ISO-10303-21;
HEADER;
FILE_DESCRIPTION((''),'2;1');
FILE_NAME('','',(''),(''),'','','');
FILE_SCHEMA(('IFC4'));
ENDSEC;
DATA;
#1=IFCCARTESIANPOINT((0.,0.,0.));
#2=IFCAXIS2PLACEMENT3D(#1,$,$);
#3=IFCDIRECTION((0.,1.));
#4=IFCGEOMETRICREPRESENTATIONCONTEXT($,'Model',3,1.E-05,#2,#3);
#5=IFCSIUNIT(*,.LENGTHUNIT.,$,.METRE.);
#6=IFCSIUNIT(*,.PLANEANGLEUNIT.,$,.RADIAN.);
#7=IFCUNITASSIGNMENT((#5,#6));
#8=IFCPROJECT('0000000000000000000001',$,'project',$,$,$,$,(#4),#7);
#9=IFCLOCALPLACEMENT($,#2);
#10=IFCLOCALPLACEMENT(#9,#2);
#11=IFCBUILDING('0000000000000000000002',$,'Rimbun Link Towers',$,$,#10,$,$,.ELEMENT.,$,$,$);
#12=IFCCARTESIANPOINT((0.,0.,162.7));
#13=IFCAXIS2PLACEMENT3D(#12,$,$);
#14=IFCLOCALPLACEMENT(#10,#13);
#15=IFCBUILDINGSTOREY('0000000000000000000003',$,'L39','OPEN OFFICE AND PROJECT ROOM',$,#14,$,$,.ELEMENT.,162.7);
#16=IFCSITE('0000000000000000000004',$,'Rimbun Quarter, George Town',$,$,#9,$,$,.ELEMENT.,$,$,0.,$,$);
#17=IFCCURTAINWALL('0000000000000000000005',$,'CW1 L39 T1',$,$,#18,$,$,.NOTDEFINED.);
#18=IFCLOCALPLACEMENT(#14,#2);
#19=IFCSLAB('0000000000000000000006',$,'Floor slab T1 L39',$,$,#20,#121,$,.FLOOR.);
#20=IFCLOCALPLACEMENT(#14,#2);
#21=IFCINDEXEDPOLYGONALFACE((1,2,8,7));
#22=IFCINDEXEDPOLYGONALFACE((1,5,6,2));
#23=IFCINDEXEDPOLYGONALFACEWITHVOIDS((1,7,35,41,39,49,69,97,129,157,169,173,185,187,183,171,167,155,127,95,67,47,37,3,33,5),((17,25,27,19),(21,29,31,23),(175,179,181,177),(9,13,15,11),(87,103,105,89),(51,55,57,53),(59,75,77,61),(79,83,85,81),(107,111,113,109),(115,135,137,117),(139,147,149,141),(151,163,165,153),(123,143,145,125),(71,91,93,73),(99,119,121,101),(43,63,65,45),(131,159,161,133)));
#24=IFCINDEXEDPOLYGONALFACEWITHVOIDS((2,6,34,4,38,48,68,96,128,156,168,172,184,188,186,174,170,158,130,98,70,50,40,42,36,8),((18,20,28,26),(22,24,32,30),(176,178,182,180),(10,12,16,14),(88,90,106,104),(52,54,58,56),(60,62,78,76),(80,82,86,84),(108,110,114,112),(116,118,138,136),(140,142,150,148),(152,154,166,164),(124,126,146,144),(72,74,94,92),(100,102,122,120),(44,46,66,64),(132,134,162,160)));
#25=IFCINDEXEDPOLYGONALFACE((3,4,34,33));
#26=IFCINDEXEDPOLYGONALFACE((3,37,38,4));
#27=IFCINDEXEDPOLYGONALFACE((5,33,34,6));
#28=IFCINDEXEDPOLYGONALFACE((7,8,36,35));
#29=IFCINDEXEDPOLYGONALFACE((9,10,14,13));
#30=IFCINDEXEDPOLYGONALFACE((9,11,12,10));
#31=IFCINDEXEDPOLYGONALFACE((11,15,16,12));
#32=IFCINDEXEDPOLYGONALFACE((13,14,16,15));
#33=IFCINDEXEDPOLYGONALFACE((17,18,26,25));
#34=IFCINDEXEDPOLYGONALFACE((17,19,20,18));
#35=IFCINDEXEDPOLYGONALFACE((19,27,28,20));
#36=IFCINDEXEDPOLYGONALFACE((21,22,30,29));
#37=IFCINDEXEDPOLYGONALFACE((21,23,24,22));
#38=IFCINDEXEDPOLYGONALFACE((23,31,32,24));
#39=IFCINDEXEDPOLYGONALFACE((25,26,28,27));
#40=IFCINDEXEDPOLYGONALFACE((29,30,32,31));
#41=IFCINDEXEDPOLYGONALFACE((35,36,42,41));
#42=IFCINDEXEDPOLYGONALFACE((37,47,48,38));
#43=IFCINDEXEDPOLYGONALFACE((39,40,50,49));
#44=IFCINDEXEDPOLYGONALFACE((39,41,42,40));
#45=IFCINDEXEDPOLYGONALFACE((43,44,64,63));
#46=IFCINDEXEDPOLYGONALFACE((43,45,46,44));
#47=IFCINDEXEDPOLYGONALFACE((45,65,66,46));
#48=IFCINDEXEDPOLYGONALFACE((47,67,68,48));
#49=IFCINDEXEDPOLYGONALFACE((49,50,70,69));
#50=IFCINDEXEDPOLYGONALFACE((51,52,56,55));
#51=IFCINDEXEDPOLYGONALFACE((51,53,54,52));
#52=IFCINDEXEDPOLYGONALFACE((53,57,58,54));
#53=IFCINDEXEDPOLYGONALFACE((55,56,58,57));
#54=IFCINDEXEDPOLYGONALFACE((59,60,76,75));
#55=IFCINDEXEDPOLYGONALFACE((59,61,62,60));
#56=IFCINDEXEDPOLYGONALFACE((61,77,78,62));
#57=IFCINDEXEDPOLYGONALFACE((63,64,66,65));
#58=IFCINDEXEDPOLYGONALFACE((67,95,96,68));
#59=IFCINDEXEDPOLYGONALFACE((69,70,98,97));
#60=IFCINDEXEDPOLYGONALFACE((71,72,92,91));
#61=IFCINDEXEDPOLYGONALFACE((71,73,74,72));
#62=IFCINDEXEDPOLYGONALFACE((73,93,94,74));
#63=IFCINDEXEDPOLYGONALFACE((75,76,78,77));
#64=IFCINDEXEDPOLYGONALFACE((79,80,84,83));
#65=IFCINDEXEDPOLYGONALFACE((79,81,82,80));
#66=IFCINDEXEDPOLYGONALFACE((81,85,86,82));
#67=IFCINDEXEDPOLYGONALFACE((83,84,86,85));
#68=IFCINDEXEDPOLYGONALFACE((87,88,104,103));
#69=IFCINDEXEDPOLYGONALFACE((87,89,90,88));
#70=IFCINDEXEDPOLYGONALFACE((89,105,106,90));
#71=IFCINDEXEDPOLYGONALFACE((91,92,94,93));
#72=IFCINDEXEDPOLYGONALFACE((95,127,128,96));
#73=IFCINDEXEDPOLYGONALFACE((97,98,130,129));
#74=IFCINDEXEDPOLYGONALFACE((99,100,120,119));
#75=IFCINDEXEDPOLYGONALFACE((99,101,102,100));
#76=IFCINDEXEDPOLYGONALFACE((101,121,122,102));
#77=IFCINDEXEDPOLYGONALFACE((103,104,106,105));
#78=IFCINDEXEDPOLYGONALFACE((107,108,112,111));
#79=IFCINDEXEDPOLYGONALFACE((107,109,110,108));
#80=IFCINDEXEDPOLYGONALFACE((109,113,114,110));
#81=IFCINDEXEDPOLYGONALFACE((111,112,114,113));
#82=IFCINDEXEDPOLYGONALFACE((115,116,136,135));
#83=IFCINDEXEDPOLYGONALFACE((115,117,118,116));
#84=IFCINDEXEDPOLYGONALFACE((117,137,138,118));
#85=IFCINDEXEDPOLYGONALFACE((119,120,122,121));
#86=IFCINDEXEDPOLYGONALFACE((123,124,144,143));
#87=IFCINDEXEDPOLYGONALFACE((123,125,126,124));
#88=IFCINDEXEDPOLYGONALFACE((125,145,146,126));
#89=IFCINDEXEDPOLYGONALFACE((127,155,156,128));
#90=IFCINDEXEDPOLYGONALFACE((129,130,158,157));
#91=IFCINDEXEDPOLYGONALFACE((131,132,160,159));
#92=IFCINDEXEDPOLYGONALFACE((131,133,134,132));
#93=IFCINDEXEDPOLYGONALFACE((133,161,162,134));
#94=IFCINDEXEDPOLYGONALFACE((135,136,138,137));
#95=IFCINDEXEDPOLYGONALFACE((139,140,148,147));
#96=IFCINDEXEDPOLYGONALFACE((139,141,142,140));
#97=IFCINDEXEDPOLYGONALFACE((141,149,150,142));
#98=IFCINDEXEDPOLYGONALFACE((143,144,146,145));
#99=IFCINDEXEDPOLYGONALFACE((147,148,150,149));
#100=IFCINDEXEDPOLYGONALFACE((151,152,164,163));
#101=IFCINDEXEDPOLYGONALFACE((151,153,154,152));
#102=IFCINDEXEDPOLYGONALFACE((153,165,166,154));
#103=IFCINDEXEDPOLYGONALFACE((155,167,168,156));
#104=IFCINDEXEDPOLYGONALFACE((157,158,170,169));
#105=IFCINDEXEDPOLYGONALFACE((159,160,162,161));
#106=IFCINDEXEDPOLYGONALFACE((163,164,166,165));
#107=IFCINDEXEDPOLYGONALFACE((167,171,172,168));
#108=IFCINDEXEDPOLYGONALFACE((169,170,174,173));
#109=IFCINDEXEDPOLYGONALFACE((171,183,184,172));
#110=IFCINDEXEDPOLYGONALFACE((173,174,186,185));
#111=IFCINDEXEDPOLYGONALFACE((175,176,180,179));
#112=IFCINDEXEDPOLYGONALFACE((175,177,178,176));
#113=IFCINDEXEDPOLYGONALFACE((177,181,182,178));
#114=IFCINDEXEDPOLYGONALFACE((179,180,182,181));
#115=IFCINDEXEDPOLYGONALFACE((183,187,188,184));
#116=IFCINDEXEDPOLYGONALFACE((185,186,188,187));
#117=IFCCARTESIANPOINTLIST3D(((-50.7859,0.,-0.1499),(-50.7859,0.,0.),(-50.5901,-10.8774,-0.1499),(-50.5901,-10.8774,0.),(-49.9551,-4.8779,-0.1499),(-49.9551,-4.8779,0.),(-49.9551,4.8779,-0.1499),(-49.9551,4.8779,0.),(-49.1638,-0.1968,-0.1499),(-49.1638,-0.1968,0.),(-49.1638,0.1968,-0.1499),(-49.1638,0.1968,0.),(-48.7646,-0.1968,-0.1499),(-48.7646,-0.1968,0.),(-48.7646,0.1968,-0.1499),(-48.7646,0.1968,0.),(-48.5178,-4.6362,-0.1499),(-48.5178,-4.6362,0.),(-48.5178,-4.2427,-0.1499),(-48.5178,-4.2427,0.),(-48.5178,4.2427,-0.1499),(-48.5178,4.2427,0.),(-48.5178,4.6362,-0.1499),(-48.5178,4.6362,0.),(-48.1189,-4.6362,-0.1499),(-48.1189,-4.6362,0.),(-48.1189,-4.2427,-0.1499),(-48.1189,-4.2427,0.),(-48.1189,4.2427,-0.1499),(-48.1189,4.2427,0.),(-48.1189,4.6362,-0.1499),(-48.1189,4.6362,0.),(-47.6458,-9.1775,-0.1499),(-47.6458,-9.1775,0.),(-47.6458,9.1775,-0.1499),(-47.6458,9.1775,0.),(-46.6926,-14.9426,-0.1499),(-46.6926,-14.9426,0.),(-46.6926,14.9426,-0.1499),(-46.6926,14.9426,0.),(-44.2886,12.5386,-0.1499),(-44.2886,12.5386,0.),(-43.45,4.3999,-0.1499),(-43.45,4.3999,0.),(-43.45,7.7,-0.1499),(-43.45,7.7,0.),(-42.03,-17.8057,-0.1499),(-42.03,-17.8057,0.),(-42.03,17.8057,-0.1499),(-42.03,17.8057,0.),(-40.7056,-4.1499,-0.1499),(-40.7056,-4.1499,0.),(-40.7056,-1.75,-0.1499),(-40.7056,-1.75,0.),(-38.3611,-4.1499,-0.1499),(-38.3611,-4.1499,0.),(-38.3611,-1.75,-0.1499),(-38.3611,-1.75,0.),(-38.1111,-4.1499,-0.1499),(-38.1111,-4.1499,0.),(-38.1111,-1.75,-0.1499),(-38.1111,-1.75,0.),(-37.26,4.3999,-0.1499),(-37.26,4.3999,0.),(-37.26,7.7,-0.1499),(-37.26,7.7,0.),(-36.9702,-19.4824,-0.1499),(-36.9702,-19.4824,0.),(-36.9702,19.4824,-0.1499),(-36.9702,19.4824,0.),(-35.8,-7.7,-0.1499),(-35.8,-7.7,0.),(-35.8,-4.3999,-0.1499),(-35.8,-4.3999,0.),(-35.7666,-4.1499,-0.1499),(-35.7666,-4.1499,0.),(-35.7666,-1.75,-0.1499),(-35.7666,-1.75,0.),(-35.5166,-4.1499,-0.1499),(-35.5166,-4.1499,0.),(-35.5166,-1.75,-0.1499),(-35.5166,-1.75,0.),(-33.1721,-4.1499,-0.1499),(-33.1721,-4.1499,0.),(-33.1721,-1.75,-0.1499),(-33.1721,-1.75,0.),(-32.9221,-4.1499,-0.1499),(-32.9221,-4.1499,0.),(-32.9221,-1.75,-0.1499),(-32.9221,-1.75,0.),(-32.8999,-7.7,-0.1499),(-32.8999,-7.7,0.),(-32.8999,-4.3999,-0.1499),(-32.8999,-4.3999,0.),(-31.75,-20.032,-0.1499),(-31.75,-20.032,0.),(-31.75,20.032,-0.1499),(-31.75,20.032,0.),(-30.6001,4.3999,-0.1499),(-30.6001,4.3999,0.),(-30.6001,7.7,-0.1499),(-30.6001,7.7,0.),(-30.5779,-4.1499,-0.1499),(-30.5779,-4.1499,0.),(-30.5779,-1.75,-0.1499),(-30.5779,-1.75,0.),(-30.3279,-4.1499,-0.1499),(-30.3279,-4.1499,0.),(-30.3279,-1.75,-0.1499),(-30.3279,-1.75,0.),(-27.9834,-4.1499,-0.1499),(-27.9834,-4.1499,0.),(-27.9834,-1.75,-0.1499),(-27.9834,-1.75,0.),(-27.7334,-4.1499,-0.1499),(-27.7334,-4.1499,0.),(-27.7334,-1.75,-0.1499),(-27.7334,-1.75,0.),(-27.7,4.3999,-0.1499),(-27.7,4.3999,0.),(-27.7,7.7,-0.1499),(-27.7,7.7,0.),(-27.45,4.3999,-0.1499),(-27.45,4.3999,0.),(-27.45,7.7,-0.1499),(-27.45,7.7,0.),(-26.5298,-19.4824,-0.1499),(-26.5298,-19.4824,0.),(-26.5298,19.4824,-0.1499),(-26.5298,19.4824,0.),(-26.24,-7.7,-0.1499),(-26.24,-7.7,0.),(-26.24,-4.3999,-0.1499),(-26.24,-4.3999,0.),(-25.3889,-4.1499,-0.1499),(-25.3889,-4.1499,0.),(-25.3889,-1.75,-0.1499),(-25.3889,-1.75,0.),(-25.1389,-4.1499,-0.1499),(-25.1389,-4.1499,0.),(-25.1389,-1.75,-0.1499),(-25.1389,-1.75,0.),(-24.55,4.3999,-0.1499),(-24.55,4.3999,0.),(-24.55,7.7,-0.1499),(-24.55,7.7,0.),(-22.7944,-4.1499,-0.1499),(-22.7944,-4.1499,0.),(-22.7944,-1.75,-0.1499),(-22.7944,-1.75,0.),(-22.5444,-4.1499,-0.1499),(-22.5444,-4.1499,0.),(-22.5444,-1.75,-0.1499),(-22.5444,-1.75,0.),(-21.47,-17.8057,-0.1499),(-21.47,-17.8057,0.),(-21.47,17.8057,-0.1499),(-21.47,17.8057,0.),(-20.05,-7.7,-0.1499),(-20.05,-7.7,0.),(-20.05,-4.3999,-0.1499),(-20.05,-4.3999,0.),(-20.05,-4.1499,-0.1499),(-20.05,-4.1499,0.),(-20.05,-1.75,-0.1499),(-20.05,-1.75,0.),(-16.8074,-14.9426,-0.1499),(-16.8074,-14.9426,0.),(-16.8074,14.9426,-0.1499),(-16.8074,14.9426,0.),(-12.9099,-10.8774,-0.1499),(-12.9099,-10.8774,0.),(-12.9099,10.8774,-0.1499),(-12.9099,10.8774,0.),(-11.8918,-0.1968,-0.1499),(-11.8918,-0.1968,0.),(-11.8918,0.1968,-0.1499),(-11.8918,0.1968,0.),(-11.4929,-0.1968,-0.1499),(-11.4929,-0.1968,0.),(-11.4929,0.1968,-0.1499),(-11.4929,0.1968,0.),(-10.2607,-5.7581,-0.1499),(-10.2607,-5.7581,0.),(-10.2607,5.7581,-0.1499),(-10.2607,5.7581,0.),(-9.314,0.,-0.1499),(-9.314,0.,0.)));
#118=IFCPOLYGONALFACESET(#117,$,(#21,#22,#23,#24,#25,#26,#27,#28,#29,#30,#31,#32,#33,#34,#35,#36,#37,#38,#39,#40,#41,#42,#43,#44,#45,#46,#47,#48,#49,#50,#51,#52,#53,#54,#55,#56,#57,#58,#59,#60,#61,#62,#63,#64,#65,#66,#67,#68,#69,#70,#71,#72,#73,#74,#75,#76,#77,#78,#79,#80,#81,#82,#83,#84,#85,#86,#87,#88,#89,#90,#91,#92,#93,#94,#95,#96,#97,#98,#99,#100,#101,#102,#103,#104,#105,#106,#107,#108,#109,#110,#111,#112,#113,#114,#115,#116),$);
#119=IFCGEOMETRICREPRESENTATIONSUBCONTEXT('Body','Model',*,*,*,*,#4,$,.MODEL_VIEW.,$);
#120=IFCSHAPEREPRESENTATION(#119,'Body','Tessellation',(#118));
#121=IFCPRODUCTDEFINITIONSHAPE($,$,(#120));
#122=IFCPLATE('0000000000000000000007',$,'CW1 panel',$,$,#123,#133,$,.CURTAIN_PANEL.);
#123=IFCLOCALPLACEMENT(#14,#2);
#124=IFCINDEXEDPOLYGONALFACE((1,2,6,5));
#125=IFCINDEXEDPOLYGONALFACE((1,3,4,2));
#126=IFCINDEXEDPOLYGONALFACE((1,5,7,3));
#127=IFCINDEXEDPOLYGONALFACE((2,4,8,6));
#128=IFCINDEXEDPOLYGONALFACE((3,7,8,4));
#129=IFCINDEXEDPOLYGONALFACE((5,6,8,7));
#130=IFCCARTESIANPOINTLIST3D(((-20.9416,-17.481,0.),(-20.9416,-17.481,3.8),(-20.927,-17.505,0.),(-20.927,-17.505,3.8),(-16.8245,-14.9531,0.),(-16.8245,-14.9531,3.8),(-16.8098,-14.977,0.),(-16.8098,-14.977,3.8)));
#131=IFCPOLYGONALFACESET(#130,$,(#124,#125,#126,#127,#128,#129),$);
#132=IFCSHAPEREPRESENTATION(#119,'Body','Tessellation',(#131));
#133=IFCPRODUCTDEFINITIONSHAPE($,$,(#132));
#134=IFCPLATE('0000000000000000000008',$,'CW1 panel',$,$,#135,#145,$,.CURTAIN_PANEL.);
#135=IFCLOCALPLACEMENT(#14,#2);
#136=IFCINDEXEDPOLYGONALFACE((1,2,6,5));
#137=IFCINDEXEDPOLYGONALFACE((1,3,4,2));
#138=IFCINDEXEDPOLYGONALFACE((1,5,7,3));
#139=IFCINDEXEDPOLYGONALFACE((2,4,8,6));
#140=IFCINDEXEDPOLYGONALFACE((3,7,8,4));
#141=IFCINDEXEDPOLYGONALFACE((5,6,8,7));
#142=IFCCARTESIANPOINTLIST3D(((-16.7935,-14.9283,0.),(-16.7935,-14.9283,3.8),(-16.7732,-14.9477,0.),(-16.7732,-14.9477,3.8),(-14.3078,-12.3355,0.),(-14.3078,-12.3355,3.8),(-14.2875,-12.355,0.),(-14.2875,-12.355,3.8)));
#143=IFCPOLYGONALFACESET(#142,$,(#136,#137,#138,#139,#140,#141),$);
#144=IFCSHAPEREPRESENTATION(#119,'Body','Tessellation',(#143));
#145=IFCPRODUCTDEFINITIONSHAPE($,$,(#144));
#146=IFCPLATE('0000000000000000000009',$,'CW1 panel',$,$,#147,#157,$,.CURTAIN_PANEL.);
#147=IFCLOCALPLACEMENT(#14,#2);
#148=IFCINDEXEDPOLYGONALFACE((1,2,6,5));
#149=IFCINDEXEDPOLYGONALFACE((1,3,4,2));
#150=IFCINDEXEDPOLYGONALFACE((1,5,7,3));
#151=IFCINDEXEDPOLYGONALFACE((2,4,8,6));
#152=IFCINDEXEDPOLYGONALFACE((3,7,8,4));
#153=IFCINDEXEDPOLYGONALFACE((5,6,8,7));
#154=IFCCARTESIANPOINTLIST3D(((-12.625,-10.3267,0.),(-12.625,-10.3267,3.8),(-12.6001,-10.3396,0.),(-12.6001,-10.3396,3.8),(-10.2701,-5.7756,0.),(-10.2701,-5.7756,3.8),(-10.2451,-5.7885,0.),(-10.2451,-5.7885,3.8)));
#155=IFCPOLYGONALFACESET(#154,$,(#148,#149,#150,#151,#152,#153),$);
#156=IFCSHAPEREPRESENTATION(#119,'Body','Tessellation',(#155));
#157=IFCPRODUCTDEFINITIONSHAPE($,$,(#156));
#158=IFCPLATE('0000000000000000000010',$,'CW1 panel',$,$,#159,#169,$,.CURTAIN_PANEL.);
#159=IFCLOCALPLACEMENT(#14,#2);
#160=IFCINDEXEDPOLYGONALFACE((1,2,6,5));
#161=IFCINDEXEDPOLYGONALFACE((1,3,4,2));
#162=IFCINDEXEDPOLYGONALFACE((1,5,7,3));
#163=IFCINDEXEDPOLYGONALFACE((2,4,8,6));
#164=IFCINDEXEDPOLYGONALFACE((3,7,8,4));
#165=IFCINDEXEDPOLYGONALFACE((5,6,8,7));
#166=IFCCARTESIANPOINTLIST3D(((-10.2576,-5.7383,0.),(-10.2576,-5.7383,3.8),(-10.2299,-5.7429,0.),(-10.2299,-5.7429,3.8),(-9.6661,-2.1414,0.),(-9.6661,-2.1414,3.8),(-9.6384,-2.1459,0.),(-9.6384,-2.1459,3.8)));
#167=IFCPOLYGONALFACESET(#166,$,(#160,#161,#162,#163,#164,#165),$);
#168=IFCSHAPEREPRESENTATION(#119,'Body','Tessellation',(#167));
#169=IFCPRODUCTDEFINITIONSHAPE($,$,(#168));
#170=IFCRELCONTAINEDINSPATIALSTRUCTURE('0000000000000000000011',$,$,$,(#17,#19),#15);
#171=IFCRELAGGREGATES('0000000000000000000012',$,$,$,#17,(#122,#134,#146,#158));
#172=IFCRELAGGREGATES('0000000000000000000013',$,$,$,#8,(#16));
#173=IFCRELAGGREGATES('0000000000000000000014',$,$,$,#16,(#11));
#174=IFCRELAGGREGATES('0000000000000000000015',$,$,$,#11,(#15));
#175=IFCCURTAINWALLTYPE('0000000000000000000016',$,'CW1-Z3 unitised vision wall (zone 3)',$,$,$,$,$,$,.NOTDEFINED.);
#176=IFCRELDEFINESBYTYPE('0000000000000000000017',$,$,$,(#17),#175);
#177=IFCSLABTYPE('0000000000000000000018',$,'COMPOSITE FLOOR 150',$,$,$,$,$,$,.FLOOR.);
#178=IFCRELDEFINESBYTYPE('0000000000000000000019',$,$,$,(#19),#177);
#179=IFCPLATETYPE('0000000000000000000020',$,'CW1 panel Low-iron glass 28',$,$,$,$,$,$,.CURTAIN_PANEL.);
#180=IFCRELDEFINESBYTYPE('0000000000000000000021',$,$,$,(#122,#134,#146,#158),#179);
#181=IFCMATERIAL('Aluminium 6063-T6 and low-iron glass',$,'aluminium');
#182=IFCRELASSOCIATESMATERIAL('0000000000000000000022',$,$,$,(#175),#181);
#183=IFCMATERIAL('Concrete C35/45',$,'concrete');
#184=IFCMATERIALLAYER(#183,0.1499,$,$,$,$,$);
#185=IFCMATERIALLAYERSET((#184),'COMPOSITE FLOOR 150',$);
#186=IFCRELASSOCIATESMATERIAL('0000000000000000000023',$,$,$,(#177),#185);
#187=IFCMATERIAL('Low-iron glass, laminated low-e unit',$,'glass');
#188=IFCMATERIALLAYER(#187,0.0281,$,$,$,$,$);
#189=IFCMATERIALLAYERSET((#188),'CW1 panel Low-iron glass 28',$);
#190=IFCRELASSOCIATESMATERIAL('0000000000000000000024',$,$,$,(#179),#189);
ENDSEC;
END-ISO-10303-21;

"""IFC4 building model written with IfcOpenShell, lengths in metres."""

from ifc_helpers import new_model, si_unit, direction, frame, origin, origin_2d, place, context, subcontext, project, spatial, polyline, rectangle, outline, extrude, material, layer, layer_set, type_object, element, aggregate, save


model = new_model("IFC4")

# Units and contexts
model_context = context("Model", 3, precision=1e-05, world=origin(), true_north=direction((0.0, 1.0)))
body_context = subcontext(model_context, "Body", "Model", "MODEL_VIEW")
ifc_project = project(units=[si_unit("LENGTHUNIT", "METRE"), si_unit("PLANEANGLEUNIT", "RADIAN")], contexts=[model_context])

# Site, building, storey
site_placement = place(None, origin())
site = spatial("IfcSite", under=ifc_project, at=site_placement, Name="Rimbun Quarter, George Town", CompositionType="ELEMENT", RefElevation=0.0)
building_placement = place(site_placement, origin())
building = spatial("IfcBuilding", under=site, at=building_placement, Name="Rimbun Link Towers", CompositionType="ELEMENT")
storey_placement = place(building_placement, frame((0.0, 0.0, 162.7)))
storey = spatial("IfcBuildingStorey", under=building, at=storey_placement, Name="L39", Description="OPEN OFFICE AND PROJECT ROOM", CompositionType="ELEMENT", Elevation=162.7)

# Curtain wall
ifc_material_1 = material(Name="Aluminium 6063-T6 and low-iron glass", Category="aluminium")
curtain_wall_type = type_object("IfcCurtainWallType", Name="CW1-Z3 unitised vision wall (zone 3)", PredefinedType="NOTDEFINED", material=ifc_material_1)
curtain_wall_placement = place(storey_placement, origin())
curtain_wall = element("IfcCurtainWall", 1, at=curtain_wall_placement, inside=storey, type_object=curtain_wall_type, Name="CW1 L39 T1", PredefinedType="NOTDEFINED")

# Slab
ifc_material_2 = material(Name="Concrete C35/45", Category="concrete")
ifc_layer_1 = layer(ifc_material_2, 0.1499)
ifc_layer_set_1 = layer_set([ifc_layer_1], Name="COMPOSITE FLOOR 150")
slab_type = type_object("IfcSlabType", Name="COMPOSITE FLOOR 150", PredefinedType="FLOOR", material=ifc_layer_set_1)
slab_placement = place(storey_placement, frame((0.0, 0.0, -0.1499)))
element("IfcSlab", 2, at=slab_placement, inside=storey, type_object=slab_type, Name="Floor slab T1 L39", PredefinedType="FLOOR", context=body_context, shape_type="SweptSolid", body=[
    extrude(outline(polyline([(-42.03, 17.8057), (-36.9702, 19.4824), (-31.75, 20.032), (-26.5298, 19.4824), (-21.47, 17.8057), (-16.8074, 14.9426), (-12.9099, 10.8774), (-10.2607, 5.7581), (-9.314, 0.0), (-10.2607, -5.7581), (-12.9099, -10.8774), (-16.8074, -14.9426), (-21.47, -17.8057), (-26.5298, -19.4824), (-31.75, -20.032), (-36.9702, -19.4824), (-42.03, -17.8057), (-46.6926, -14.9426), (-50.5901, -10.8774), (-47.6458, -9.1775), (-49.9551, -4.8779), (-50.7859, 0.0), (-49.9551, 4.8779), (-47.6458, 9.1775), (-44.2886, 12.5386), (-46.6926, 14.9426), (-42.03, 17.8057)]), holes=[polyline([(-32.8999, -7.7), (-32.8999, -4.3999), (-35.8, -4.3999), (-35.8, -7.7), (-32.8999, -7.7)]), polyline([(-48.1189, -4.6362), (-48.1189, -4.2427), (-48.5178, -4.2427), (-48.5178, -4.6362), (-48.1189, -4.6362)]), polyline([(-38.3611, -4.1499), (-38.3611, -1.75), (-40.7056, -1.75), (-40.7056, -4.1499), (-38.3611, -4.1499)]), polyline([(-35.7666, -4.1499), (-35.7666, -1.75), (-38.1111, -1.75), (-38.1111, -4.1499), (-35.7666, -4.1499)]), polyline([(-33.1721, -4.1499), (-33.1721, -1.75), (-35.5166, -1.75), (-35.5166, -4.1499), (-33.1721, -4.1499)]), polyline([(-30.5779, -4.1499), (-30.5779, -1.75), (-32.9221, -1.75), (-32.9221, -4.1499), (-30.5779, -4.1499)]), polyline([(-48.7646, -0.1968), (-48.7646, 0.1968), (-49.1638, 0.1968), (-49.1638, -0.1968), (-48.7646, -0.1968)]), polyline([(-48.1189, 4.2427), (-48.1189, 4.6362), (-48.5178, 4.6362), (-48.5178, 4.2427), (-48.1189, 4.2427)]), polyline([(-37.26, 4.3999), (-37.26, 7.7), (-43.45, 7.7), (-43.45, 4.3999), (-37.26, 4.3999)]), polyline([(-20.05, -7.7), (-20.05, -4.3999), (-26.24, -4.3999), (-26.24, -7.7), (-20.05, -7.7)]), polyline([(-27.9834, -4.1499), (-27.9834, -1.75), (-30.3279, -1.75), (-30.3279, -4.1499), (-27.9834, -4.1499)]), polyline([(-25.3889, -4.1499), (-25.3889, -1.75), (-27.7334, -1.75), (-27.7334, -4.1499), (-25.3889, -4.1499)]), polyline([(-22.7944, -4.1499), (-22.7944, -1.75), (-25.1389, -1.75), (-25.1389, -4.1499), (-22.7944, -4.1499)]), polyline([(-20.05, -4.1499), (-20.05, -1.75), (-22.5444, -1.75), (-22.5444, -4.1499), (-20.05, -4.1499)]), polyline([(-11.4929, -0.1968), (-11.4929, 0.1968), (-11.8918, 0.1968), (-11.8918, -0.1968), (-11.4929, -0.1968)]), polyline([(-30.6001, 4.3999), (-27.7, 4.3999), (-27.7, 7.7), (-30.6001, 7.7), (-30.6001, 4.3999)]), polyline([(-27.45, 4.3999), (-24.55, 4.3999), (-24.55, 7.7), (-27.45, 7.7), (-27.45, 4.3999)])]), origin(), (0.0, 0.0, 1.0), 0.1499),
])

# Plates
ifc_material_3 = material(Name="Low-iron glass, laminated low-e unit", Category="glass")
ifc_layer_2 = layer(ifc_material_3, 0.0281)
ifc_layer_set_2 = layer_set([ifc_layer_2], Name="CW1 panel Low-iron glass 28")
plate_type = type_object("IfcPlateType", Name="CW1 panel Low-iron glass 28", PredefinedType="CURTAIN_PANEL", material=ifc_layer_set_2)
plate_1_placement = place(storey_placement, frame((-18.8757, -16.229, 0.0), z_axis=(0.0, 0.0, 1.0), x_axis=(-0.852179, -0.52325, 0.0)))
plate_1 = element("IfcPlate", 3, at=plate_1_placement, type_object=plate_type, Name="CW1 panel", PredefinedType="CURTAIN_PANEL", context=body_context, shape_type="SweptSolid", body=[
    extrude(rectangle(XDim=4.8313, YDim=0.0281, at=origin_2d()), origin(), (0.0, 0.0, 1.0), 3.8),
])
plate_2_placement = place(storey_placement, frame((-15.5405, -13.6416, 0.0), z_axis=(0.0, 0.0, 1.0), x_axis=(-0.692052, -0.721847, 0.0)))
plate_2 = element("IfcPlate", 4, at=plate_2_placement, type_object=plate_type, Name="CW1 panel", PredefinedType="CURTAIN_PANEL", context=body_context, shape_type="SweptSolid", body=[
    extrude(rectangle(XDim=3.5918, YDim=0.0281, at=origin_2d()), origin(), (0.0, 0.0, 1.0), 3.8),
])
plate_3_placement = place(storey_placement, frame((-11.4351, -8.0576, 0.0), z_axis=(0.0, 0.0, 1.0), x_axis=(-0.459565, -0.888144, 0.0)))
plate_3 = element("IfcPlate", 5, at=plate_3_placement, type_object=plate_type, Name="CW1 panel", PredefinedType="CURTAIN_PANEL", context=body_context, shape_type="SweptSolid", body=[
    extrude(rectangle(XDim=5.1243, YDim=0.0281, at=origin_2d()), origin(), (0.0, 0.0, 1.0), 3.8),
])
plate_4_placement = place(storey_placement, frame((-9.948, -3.9421, 0.0), z_axis=(0.0, 0.0, 1.0), x_axis=(-0.162253, -0.986749, 0.0)))
plate_4 = element("IfcPlate", 6, at=plate_4_placement, type_object=plate_type, Name="CW1 panel", PredefinedType="CURTAIN_PANEL", context=body_context, shape_type="SweptSolid", body=[
    extrude(rectangle(XDim=3.6453, YDim=0.0281, at=origin_2d()), origin(), (0.0, 0.0, 1.0), 3.8),
])
aggregate(curtain_wall, [plate_1, plate_2, plate_3, plate_4])

save(model, "model.ifc")
